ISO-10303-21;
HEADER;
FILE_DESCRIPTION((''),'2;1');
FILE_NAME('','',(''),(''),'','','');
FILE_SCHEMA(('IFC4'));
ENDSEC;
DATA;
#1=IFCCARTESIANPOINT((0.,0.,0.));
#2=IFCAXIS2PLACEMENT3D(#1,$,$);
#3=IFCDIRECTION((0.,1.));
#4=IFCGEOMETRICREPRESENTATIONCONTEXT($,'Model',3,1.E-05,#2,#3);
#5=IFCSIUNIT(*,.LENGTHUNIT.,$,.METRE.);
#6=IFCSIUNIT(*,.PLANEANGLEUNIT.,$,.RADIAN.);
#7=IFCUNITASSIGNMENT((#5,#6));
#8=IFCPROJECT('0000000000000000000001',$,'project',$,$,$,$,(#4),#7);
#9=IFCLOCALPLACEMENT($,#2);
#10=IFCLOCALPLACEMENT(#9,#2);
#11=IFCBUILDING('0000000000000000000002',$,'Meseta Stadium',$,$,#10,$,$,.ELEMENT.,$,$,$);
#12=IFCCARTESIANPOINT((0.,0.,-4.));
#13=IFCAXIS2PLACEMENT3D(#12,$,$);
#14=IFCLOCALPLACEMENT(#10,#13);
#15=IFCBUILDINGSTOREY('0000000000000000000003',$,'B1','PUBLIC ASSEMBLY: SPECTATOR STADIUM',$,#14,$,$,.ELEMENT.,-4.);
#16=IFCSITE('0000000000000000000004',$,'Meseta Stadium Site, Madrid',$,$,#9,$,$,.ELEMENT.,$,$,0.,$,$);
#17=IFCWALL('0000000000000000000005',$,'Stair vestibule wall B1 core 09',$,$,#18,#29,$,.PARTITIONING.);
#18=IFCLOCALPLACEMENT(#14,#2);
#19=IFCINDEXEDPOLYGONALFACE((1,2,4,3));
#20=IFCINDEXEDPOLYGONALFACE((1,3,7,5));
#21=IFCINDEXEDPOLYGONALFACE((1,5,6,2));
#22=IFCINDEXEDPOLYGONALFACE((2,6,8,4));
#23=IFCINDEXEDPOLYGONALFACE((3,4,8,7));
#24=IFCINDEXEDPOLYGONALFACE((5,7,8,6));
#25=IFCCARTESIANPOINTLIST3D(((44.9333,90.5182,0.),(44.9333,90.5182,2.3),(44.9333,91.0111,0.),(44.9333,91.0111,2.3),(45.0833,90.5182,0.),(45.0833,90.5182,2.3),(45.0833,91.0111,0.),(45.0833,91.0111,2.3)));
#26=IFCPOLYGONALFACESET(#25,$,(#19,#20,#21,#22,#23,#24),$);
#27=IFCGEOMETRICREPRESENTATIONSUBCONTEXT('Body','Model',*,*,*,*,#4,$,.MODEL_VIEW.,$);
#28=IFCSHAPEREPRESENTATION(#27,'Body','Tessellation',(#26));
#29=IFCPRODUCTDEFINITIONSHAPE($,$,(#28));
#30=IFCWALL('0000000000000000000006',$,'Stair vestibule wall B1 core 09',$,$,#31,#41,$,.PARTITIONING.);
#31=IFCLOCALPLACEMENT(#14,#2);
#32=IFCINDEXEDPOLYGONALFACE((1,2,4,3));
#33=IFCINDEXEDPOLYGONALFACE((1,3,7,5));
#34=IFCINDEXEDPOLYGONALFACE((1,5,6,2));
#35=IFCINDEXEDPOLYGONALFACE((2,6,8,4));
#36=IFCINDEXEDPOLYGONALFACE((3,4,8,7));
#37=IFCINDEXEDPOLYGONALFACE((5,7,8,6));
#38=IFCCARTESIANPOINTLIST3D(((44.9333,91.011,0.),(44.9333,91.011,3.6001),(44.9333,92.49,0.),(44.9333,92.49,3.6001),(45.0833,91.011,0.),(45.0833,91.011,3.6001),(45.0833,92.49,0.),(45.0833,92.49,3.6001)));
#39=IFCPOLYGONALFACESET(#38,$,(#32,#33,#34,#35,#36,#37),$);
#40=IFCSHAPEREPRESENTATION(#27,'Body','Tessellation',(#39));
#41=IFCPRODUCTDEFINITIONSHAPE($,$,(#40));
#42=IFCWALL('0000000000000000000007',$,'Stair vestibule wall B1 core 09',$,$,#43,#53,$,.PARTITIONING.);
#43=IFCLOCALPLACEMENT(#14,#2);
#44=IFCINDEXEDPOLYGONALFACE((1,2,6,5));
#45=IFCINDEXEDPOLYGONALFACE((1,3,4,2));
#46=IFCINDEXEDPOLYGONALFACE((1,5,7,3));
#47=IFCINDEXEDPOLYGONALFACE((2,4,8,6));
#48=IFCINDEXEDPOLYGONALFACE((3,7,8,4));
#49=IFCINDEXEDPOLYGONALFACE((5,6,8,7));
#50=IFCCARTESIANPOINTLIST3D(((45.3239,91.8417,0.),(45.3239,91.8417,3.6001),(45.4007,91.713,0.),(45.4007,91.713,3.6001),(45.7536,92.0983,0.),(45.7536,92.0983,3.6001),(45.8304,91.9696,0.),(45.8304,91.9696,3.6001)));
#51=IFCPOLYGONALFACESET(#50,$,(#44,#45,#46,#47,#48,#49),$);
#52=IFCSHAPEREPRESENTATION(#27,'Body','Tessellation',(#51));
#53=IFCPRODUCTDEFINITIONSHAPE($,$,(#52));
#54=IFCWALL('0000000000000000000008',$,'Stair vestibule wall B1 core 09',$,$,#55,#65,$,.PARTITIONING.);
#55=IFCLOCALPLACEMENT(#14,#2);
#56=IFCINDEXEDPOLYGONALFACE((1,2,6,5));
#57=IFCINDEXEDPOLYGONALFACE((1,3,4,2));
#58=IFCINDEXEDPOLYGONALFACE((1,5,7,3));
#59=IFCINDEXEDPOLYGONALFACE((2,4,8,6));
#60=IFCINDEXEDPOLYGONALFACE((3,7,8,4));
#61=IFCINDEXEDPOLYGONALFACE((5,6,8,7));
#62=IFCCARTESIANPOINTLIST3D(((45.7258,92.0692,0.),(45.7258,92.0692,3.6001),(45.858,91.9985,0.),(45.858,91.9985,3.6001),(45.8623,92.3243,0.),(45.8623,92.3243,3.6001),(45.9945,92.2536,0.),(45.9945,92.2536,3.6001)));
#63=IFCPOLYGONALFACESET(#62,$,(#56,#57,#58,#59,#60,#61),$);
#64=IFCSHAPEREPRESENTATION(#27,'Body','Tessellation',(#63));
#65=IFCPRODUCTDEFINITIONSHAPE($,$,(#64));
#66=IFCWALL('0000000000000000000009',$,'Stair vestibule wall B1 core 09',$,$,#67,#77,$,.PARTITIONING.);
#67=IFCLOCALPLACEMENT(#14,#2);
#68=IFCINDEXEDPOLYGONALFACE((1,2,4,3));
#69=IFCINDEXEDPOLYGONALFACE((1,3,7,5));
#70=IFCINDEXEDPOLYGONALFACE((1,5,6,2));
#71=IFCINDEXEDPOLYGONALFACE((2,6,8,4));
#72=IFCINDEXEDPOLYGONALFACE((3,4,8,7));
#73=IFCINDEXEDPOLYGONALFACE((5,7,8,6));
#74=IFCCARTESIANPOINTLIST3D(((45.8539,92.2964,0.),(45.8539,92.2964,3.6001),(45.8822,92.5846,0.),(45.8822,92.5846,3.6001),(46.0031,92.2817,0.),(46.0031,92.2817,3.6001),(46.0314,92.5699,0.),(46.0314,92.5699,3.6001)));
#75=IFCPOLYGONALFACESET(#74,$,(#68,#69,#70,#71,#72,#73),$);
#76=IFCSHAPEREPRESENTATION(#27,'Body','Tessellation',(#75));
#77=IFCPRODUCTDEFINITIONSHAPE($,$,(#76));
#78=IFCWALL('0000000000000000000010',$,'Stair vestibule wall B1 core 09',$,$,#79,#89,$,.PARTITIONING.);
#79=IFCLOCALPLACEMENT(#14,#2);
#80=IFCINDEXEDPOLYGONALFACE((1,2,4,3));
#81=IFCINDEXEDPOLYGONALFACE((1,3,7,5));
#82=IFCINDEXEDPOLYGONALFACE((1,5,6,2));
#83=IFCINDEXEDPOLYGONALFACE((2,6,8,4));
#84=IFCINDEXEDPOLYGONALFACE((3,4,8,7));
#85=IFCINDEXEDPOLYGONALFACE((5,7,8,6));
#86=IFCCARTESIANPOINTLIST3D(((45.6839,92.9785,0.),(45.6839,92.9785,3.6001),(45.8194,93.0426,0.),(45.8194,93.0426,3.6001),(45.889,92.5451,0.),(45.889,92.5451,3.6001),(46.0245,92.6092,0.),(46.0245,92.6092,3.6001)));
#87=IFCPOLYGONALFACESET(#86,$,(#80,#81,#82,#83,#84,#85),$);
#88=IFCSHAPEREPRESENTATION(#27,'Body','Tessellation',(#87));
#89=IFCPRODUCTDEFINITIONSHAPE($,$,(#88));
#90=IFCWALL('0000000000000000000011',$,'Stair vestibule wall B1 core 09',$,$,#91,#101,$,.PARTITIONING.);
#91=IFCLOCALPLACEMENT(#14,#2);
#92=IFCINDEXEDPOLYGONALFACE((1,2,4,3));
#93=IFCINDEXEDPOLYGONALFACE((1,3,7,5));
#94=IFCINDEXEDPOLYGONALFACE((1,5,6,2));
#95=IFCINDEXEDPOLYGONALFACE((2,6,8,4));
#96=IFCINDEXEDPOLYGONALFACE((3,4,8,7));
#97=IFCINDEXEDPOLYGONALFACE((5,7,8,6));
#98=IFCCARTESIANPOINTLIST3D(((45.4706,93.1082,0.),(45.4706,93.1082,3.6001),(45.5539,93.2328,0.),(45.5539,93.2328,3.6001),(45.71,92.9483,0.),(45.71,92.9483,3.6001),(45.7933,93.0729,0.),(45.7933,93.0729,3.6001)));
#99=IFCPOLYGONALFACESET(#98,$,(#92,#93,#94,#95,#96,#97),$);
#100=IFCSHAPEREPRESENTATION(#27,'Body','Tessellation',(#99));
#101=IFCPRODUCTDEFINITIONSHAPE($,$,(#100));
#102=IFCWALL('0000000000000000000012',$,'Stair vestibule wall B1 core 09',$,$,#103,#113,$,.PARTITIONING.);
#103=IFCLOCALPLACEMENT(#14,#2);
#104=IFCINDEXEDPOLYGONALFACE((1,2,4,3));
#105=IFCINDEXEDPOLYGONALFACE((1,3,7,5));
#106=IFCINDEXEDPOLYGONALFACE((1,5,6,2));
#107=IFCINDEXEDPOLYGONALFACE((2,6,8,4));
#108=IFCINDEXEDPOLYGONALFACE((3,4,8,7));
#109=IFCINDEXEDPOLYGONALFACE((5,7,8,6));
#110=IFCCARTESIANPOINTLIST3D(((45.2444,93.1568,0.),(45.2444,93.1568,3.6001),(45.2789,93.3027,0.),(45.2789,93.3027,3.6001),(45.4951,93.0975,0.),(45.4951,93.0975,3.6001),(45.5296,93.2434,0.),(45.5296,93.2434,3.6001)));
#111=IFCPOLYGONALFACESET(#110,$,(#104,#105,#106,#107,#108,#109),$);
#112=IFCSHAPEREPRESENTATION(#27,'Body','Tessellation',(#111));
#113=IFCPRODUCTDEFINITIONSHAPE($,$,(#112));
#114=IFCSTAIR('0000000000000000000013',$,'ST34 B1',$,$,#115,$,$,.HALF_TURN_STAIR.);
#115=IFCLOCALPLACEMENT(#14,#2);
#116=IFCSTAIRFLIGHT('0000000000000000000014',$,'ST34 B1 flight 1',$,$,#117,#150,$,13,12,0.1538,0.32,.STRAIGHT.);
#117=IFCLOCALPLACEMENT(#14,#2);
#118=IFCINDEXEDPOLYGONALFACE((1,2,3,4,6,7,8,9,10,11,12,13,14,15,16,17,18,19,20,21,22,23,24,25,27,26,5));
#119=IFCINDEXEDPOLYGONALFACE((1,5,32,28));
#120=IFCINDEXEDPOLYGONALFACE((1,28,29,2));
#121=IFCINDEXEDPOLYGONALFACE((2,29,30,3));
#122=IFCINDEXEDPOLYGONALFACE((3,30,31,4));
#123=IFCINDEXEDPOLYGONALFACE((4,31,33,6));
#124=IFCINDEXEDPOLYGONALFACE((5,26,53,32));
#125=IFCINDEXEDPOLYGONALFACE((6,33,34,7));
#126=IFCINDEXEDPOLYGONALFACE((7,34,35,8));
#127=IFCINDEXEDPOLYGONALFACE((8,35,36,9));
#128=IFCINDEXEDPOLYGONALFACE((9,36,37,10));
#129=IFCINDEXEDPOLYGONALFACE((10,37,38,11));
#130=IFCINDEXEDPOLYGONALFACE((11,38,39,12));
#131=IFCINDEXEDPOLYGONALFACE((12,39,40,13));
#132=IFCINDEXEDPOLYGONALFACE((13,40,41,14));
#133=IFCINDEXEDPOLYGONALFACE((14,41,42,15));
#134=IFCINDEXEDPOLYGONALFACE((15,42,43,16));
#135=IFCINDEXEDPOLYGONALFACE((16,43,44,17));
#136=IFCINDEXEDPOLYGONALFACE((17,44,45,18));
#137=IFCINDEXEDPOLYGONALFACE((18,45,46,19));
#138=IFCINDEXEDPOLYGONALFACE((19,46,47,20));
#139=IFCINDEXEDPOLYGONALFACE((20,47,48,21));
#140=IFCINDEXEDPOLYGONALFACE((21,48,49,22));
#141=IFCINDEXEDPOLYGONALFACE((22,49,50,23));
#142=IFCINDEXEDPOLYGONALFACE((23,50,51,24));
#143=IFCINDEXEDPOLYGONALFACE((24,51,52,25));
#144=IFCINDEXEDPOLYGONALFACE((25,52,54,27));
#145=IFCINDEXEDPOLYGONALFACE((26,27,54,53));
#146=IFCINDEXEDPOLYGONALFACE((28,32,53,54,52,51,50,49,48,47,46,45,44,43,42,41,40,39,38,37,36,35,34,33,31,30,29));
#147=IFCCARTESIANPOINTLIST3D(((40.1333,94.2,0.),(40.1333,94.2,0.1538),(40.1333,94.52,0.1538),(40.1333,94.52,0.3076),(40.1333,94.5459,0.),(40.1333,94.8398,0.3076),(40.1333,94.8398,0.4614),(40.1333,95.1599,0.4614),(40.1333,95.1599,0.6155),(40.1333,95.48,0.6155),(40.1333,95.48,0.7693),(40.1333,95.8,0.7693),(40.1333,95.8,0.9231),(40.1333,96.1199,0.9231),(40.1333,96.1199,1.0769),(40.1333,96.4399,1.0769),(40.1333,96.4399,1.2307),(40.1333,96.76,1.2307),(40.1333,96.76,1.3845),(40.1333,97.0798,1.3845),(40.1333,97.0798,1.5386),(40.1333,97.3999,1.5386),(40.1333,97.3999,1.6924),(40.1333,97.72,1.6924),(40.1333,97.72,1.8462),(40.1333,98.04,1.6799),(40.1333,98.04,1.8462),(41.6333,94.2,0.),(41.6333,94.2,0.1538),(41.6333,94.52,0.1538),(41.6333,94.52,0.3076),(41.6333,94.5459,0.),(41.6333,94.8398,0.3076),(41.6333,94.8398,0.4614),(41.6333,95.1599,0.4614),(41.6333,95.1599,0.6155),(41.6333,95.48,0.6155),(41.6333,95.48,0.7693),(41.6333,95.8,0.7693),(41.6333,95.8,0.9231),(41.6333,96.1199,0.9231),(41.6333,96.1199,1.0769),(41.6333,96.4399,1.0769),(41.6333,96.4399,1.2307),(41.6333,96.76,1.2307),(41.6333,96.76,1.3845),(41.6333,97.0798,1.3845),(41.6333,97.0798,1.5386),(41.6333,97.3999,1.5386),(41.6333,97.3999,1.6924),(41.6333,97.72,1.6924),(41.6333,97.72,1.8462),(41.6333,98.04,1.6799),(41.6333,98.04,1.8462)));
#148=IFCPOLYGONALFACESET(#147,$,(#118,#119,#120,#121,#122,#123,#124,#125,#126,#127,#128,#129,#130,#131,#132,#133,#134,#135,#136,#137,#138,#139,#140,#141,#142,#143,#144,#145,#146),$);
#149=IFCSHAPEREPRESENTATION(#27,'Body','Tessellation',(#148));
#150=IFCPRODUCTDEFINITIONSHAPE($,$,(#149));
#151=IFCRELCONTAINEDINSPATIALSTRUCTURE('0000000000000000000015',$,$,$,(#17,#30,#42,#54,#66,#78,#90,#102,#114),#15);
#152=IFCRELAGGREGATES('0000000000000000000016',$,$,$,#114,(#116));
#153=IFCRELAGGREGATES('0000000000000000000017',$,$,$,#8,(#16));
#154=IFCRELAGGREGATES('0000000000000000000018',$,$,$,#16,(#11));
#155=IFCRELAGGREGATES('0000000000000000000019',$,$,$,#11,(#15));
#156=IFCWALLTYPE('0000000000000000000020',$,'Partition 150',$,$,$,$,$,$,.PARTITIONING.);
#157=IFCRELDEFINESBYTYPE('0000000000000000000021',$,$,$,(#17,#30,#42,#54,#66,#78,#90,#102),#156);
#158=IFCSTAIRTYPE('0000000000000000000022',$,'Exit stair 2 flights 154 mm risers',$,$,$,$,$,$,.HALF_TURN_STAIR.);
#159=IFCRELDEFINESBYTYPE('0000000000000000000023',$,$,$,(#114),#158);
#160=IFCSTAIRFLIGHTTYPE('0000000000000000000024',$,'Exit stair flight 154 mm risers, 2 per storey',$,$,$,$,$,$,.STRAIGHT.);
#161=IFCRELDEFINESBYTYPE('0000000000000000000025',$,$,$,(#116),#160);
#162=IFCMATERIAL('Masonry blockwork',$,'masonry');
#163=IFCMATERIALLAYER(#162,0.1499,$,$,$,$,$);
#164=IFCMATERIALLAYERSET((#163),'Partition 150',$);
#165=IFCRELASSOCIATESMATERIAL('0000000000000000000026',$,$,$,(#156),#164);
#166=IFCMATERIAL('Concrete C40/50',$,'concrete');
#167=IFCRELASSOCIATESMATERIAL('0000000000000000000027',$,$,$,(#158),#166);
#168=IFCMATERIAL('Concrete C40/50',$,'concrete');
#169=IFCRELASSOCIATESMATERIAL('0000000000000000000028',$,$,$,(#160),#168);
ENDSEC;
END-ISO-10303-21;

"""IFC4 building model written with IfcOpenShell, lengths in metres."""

from ifc_helpers import new_model, si_unit, direction, frame, frame_2d, origin, place, context, subcontext, project, spatial, polyline, rectangle, outline, extrude, material, layer, layer_set, type_object, element, aggregate, save


model = new_model("IFC4")

# Units and contexts
model_context = context("Model", 3, precision=1e-05, world=origin(), true_north=direction((0.0, 1.0)))
body_context = subcontext(model_context, "Body", "Model", "MODEL_VIEW")
ifc_project = project(units=[si_unit("LENGTHUNIT", "METRE"), si_unit("PLANEANGLEUNIT", "RADIAN")], contexts=[model_context])

# Site, building, storey
site_placement = place(None, origin())
site = spatial("IfcSite", under=ifc_project, at=site_placement, Name="Meseta Stadium Site, Madrid", CompositionType="ELEMENT", RefElevation=0.0)
building_placement = place(site_placement, origin())
building = spatial("IfcBuilding", under=site, at=building_placement, Name="Meseta Stadium", CompositionType="ELEMENT")
storey_placement = place(building_placement, frame((0.0, 0.0, -4.0)))
storey = spatial("IfcBuildingStorey", under=building, at=storey_placement, Name="B1", Description="PUBLIC ASSEMBLY: SPECTATOR STADIUM", CompositionType="ELEMENT", Elevation=-4.0)

# Walls
ifc_material_1 = material(Name="Masonry blockwork", Category="masonry")
ifc_layer_1 = layer(ifc_material_1, 0.1499)
ifc_layer_set_1 = layer_set([ifc_layer_1], Name="Partition 150")
wall_type_1 = type_object("IfcWallType", Name="Partition 150", PredefinedType="PARTITIONING", material=ifc_layer_set_1)
wall_1_placement = place(storey_placement, frame((45.0083, 90.5181, 0.0), z_axis=(0.0, 0.0, 1.0), x_axis=(0.0, 1.0, 0.0)))
element("IfcWall", 1, at=wall_1_placement, inside=storey, type_object=wall_type_1, Name="Stair vestibule wall B1 core 09", PredefinedType="PARTITIONING", context=body_context, shape_type="SweptSolid", body=[
    extrude(rectangle(XDim=0.4929, YDim=0.1499, at=frame_2d((0.2466, 0.0))), origin(), (0.0, 0.0, 1.0), 2.3),
])
wall_2_placement = place(storey_placement, frame((45.0083, 91.011, 0.0), z_axis=(0.0, 0.0, 1.0), x_axis=(0.0, 1.0, 0.0)))
element("IfcWall", 2, at=wall_2_placement, inside=storey, type_object=wall_type_1, Name="Stair vestibule wall B1 core 09", PredefinedType="PARTITIONING", context=body_context, shape_type="SweptSolid", body=[
    extrude(rectangle(XDim=1.479, YDim=0.1499, at=frame_2d((0.7395, 0.0))), origin(), (0.0, 0.0, 1.0), 3.6001),
])
wall_3_placement = place(storey_placement, frame((45.3623, 91.7773, 0.0), z_axis=(0.0, 0.0, 1.0), x_axis=(0.858567, 0.512701, 0.0)))
element("IfcWall", 3, at=wall_3_placement, inside=storey, type_object=wall_type_1, Name="Stair vestibule wall B1 core 09", PredefinedType="PARTITIONING", context=body_context, shape_type="SweptSolid", body=[
    extrude(rectangle(XDim=0.5005, YDim=0.1499, at=frame_2d((0.2502, 0.0))), origin(), (0.0, 0.0, 1.0), 3.6001),
])
wall_4_placement = place(storey_placement, frame((45.792, 92.0339, 0.0), z_axis=(0.0, 0.0, 1.0), x_axis=(0.471683, 0.881768, 0.0)))
element("IfcWall", 4, at=wall_4_placement, inside=storey, type_object=wall_type_1, Name="Stair vestibule wall B1 core 09", PredefinedType="PARTITIONING", context=body_context, shape_type="SweptSolid", body=[
    extrude(rectangle(XDim=0.2893, YDim=0.1499, at=frame_2d((0.1445, 0.0))), origin(), (0.0, 0.0, 1.0), 3.6001),
])
wall_5_placement = place(storey_placement, frame((45.9285, 92.2891, 0.0), z_axis=(0.0, 0.0, 1.0), x_axis=(0.097833, 0.995203, 0.0)))
element("IfcWall", 5, at=wall_5_placement, inside=storey, type_object=wall_type_1, Name="Stair vestibule wall B1 core 09", PredefinedType="PARTITIONING", context=body_context, shape_type="SweptSolid", body=[
    extrude(rectangle(XDim=0.2896, YDim=0.1499, at=frame_2d((0.1448, 0.0))), origin(), (0.0, 0.0, 1.0), 3.6001),
])
wall_6_placement = place(storey_placement, frame((45.9568, 92.5771, 0.0), z_axis=(0.0, 0.0, 1.0), x_axis=(-0.427758, 0.903893, 0.0)))
element("IfcWall", 6, at=wall_6_placement, inside=storey, type_object=wall_type_1, Name="Stair vestibule wall B1 core 09", PredefinedType="PARTITIONING", context=body_context, shape_type="SweptSolid", body=[
    extrude(rectangle(XDim=0.4795, YDim=0.1499, at=frame_2d((0.2397, 0.0))), origin(), (0.0, 0.0, 1.0), 3.6001),
])
wall_7_placement = place(storey_placement, frame((45.7517, 93.0105, 0.0), z_axis=(0.0, 0.0, 1.0), x_axis=(-0.831397, 0.555679, 0.0)))
element("IfcWall", 7, at=wall_7_placement, inside=storey, type_object=wall_type_1, Name="Stair vestibule wall B1 core 09", PredefinedType="PARTITIONING", context=body_context, shape_type="SweptSolid", body=[
    extrude(rectangle(XDim=0.2878, YDim=0.1499, at=frame_2d((0.144, 0.0))), origin(), (0.0, 0.0, 1.0), 3.6001),
])
wall_8_placement = place(storey_placement, frame((45.5125, 93.1704, 0.0), z_axis=(0.0, 0.0, 1.0), x_axis=(-0.973131, 0.230254, 0.0)))
element("IfcWall", 8, at=wall_8_placement, inside=storey, type_object=wall_type_1, Name="Stair vestibule wall B1 core 09", PredefinedType="PARTITIONING", context=body_context, shape_type="SweptSolid", body=[
    extrude(rectangle(XDim=0.2576, YDim=0.1499, at=frame_2d((0.1289, 0.0))), origin(), (0.0, 0.0, 1.0), 3.6001),
])

# Stair, stair flight
ifc_material_2 = material(Name="Concrete C40/50", Category="concrete")
stair_type = type_object("IfcStairType", Name="Exit stair 2 flights 154 mm risers", PredefinedType="HALF_TURN_STAIR", material=ifc_material_2)
stair_placement = place(storey_placement, origin())
stair = element("IfcStair", 9, at=stair_placement, inside=storey, type_object=stair_type, Name="ST34 B1", PredefinedType="HALF_TURN_STAIR")
ifc_material_3 = material(Name="Concrete C40/50", Category="concrete")
stair_flight_type = type_object("IfcStairFlightType", Name="Exit stair flight 154 mm risers, 2 per storey", PredefinedType="STRAIGHT", material=ifc_material_3)
stair_flight_placement = place(storey_placement, frame((40.8833, 94.2, 0.0), z_axis=(0.0, 0.0, 1.0), x_axis=(0.0, 1.0, 0.0)))
stair_flight = element("IfcStairFlight", 10, at=stair_flight_placement, type_object=stair_flight_type, Name="ST34 B1 flight 1", NumberOfRisers=13, NumberOfTreads=12, PredefinedType="STRAIGHT", RiserHeight=0.1538, TreadLength=0.32, context=body_context, shape_type="SweptSolid", body=[
    extrude(outline(polyline([(0.0, 0.0), (0.0, 0.1538), (0.3201, 0.1538), (0.3201, 0.3076), (0.6399, 0.3076), (0.6399, 0.4614), (0.96, 0.4614), (0.96, 0.6155), (1.28, 0.6155), (1.28, 0.7693), (1.6001, 0.7693), (1.6001, 0.9231), (1.9199, 0.9231), (1.9199, 1.0769), (2.24, 1.0769), (2.24, 1.2307), (2.5601, 1.2307), (2.5601, 1.3845), (2.8799, 1.3845), (2.8799, 1.5386), (3.2, 1.5386), (3.2, 1.6924), (3.52, 1.6924), (3.52, 1.8462), (3.8401, 1.8462), (3.8401, 1.6799), (0.3459, 0.0), (0.0, 0.0)])), frame((0.0, 0.75, 0.0), z_axis=(0.0, -1.0, 0.0), x_axis=(1.0, 0.0, 0.0)), (0.0, 0.0, 1.0), 1.5),
])
aggregate(stair, [stair_flight])

save(model, "model.ifc")
